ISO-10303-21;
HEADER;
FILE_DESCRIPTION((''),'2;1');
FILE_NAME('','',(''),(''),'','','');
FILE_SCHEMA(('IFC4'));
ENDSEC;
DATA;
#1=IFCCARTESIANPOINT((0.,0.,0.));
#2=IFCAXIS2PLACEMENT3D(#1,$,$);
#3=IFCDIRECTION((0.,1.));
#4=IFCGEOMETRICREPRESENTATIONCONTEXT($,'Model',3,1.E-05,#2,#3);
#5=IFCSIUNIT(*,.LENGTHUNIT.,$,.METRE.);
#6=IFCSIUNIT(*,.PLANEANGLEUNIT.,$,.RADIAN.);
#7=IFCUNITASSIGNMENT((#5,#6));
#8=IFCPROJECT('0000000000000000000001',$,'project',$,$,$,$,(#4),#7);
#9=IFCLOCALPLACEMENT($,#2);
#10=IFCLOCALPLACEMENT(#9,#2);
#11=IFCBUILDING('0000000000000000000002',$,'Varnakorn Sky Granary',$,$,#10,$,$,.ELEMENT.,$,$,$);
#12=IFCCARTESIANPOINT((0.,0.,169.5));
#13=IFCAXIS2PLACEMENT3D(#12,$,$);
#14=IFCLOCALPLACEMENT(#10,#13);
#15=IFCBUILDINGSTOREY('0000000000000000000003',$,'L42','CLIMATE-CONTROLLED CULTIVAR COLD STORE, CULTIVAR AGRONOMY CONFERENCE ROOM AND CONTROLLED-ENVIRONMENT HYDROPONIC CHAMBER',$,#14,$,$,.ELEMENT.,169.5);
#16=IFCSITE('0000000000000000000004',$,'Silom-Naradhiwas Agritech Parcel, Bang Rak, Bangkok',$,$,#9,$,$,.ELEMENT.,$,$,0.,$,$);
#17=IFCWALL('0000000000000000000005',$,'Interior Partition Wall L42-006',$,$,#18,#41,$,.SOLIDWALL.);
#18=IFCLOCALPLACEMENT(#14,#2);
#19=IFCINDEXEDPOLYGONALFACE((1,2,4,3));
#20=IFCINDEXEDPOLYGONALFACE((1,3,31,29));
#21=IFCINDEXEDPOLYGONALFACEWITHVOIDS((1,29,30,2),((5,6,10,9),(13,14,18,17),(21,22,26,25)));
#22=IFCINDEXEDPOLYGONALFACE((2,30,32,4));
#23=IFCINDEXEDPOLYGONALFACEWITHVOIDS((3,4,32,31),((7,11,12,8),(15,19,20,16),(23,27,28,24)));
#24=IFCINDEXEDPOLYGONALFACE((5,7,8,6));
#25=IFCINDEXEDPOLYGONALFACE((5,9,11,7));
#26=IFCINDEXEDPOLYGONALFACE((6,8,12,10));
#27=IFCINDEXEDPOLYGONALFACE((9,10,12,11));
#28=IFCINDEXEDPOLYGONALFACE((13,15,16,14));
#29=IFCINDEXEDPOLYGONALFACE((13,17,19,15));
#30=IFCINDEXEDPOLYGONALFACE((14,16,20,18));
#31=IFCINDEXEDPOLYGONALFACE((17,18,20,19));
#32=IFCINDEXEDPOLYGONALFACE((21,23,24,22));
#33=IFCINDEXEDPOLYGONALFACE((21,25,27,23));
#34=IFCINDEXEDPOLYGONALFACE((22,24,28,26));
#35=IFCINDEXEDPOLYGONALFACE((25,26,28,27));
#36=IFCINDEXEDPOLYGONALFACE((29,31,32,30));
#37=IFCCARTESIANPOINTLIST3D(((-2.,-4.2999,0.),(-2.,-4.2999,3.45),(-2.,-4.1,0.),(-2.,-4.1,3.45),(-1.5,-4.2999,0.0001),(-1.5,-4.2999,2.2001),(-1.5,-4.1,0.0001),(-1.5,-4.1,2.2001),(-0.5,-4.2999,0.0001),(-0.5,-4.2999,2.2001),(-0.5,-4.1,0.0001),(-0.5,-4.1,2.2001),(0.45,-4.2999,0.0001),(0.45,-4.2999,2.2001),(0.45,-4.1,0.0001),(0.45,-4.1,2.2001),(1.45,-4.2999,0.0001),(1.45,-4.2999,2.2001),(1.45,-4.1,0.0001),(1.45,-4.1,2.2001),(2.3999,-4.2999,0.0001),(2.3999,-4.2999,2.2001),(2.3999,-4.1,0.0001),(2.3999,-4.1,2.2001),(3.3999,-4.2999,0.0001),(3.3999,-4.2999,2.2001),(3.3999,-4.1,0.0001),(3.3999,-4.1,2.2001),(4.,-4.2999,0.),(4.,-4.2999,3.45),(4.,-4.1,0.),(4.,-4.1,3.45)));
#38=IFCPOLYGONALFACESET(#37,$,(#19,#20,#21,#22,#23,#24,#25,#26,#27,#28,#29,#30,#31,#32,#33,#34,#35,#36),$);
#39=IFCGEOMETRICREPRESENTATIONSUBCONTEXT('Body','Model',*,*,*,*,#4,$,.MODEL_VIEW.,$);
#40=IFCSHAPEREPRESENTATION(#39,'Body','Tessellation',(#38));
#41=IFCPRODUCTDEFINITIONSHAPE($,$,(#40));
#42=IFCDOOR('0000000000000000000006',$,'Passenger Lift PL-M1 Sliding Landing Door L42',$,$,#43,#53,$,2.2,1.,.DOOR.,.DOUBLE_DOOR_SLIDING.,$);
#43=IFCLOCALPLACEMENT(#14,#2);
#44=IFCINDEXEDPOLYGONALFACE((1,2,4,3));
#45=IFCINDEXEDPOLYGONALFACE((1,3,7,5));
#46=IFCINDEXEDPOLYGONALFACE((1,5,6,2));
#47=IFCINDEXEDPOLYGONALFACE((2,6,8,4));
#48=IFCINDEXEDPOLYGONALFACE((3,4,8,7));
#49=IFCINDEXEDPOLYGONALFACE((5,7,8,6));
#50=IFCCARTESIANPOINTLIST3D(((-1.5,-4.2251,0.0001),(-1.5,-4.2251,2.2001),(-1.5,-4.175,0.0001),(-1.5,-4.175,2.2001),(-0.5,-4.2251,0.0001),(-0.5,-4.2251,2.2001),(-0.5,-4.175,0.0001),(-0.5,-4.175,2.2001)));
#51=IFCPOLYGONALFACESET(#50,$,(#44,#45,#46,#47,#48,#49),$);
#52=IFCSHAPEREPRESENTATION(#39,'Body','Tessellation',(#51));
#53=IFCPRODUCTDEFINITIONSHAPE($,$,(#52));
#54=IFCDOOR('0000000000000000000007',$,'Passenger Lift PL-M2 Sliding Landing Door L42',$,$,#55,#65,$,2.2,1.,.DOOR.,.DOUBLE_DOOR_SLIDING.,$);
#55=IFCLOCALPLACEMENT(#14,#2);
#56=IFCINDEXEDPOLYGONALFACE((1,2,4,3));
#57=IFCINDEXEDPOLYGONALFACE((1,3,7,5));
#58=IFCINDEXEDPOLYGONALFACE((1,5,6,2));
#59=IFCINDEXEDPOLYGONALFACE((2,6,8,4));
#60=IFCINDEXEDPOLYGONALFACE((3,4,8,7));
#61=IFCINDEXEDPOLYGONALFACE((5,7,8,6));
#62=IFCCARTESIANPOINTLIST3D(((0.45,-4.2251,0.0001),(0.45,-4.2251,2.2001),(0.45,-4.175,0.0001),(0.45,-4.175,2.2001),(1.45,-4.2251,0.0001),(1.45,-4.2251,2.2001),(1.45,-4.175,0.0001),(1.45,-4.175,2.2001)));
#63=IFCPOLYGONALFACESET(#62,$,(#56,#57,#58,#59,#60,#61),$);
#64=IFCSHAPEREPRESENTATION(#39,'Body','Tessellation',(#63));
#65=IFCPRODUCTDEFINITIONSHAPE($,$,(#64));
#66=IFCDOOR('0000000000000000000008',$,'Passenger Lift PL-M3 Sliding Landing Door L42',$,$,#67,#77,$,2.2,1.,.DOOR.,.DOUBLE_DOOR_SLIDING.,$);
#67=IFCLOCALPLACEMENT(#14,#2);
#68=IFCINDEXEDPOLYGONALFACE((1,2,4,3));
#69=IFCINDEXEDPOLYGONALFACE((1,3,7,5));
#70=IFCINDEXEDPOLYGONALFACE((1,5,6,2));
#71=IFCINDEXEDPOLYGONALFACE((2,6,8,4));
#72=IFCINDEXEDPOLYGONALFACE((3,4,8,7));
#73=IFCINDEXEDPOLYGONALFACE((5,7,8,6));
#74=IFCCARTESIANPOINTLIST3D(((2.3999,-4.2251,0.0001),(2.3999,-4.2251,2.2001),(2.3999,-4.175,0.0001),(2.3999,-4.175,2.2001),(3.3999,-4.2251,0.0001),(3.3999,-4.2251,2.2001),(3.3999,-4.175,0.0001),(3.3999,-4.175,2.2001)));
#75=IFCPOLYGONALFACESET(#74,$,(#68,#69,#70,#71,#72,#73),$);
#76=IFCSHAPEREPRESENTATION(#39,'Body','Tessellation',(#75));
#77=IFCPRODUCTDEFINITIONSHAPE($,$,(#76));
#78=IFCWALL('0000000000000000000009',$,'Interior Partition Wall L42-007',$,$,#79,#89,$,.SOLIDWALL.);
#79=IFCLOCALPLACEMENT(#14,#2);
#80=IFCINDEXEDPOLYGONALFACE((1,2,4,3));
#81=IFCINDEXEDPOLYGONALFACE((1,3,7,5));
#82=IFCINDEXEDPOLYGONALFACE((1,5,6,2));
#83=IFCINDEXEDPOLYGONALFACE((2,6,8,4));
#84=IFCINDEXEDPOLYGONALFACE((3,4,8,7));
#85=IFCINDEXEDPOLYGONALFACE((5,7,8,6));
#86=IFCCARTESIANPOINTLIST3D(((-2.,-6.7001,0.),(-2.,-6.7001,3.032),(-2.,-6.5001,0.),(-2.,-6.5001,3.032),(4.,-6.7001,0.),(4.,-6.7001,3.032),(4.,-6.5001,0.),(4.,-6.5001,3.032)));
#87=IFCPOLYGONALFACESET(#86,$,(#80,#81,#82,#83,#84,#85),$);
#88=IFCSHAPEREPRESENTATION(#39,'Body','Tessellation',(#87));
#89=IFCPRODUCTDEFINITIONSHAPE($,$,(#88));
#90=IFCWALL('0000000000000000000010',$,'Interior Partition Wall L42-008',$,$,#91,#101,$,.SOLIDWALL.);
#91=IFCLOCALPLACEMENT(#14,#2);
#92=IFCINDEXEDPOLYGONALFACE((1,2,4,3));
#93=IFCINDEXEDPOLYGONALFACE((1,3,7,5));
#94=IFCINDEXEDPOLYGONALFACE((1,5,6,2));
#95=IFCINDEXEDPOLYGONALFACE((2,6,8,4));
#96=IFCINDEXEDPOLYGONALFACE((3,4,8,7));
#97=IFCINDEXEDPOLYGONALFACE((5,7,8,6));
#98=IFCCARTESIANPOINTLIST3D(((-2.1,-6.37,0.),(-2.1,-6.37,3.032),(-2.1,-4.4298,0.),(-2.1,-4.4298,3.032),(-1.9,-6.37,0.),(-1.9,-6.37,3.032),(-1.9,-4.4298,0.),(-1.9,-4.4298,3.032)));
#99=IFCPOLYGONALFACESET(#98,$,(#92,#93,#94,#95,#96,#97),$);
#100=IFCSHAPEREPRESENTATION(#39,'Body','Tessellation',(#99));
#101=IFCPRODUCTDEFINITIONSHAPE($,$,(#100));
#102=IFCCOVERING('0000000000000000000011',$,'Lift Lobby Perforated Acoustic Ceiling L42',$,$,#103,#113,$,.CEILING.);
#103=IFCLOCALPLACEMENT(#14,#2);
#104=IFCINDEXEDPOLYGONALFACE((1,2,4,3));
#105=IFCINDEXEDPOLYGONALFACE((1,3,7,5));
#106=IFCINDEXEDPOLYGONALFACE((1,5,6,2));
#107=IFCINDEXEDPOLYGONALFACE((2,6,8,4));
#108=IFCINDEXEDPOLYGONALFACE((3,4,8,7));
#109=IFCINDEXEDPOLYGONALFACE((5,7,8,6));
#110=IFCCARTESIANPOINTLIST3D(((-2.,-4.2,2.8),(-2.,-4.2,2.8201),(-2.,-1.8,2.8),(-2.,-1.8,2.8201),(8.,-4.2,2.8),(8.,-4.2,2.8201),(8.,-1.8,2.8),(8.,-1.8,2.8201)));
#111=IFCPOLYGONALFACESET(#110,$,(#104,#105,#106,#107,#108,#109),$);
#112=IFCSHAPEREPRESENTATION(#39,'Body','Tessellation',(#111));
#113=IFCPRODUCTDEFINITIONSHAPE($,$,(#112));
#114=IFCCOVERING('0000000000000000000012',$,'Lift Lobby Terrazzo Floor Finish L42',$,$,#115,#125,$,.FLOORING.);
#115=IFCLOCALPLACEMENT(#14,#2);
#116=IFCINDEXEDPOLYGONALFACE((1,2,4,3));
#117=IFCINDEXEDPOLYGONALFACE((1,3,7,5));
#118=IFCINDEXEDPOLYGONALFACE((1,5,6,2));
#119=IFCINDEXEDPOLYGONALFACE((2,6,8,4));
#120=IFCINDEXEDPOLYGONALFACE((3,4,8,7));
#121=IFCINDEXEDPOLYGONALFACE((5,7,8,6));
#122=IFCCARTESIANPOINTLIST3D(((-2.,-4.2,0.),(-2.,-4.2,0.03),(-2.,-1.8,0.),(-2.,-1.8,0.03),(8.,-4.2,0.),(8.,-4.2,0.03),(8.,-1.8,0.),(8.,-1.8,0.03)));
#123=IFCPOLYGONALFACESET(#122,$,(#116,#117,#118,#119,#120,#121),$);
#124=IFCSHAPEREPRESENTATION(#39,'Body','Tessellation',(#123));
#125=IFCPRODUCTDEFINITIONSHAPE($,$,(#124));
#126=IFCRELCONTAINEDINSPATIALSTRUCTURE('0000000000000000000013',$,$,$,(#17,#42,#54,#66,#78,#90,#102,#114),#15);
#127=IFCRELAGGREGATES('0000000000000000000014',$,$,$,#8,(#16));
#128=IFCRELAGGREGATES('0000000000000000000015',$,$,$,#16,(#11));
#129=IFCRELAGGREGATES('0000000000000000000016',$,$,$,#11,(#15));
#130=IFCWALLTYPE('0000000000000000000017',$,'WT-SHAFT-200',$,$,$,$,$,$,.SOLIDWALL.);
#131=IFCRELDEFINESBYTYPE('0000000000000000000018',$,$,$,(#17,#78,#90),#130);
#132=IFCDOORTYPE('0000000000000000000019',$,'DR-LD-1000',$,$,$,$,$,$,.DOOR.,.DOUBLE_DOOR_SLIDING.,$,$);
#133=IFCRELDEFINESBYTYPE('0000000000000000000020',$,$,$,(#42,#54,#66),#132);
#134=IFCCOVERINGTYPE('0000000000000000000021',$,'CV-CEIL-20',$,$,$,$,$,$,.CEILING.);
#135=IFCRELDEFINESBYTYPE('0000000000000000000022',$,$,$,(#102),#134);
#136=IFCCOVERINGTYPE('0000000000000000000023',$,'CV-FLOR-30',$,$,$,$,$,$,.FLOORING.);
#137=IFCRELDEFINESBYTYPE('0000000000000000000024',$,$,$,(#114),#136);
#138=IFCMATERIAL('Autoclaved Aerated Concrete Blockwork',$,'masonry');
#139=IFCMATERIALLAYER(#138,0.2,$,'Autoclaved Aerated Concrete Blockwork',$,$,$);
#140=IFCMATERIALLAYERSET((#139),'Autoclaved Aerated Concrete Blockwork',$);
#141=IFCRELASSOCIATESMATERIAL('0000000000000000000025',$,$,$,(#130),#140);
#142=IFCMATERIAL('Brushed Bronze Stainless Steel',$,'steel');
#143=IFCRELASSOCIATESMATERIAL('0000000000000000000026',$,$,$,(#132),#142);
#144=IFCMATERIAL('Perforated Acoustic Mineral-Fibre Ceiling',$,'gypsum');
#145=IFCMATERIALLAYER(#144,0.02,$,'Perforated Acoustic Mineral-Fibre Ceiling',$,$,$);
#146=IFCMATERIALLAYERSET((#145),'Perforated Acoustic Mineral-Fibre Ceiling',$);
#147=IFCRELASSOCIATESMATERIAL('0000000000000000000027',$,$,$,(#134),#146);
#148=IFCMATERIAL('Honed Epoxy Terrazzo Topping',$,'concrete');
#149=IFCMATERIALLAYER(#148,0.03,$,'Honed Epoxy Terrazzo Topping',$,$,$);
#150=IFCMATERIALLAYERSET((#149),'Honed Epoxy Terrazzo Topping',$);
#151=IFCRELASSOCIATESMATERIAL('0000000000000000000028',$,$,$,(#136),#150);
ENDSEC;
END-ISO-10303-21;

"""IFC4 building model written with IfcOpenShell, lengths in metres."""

from ifc_helpers import new_model, si_unit, direction, frame, frame_2d, origin, place, context, subcontext, project, spatial, polyline, rectangle, outline, extrude, material, layer, layer_set, type_object, element, fill, save


model = new_model("IFC4")

# Units and contexts
model_context = context("Model", 3, precision=1e-05, world=origin(), true_north=direction((0.0, 1.0)))
body_context = subcontext(model_context, "Body", "Model", "MODEL_VIEW")
ifc_project = project(units=[si_unit("LENGTHUNIT", "METRE"), si_unit("PLANEANGLEUNIT", "RADIAN")], contexts=[model_context])

# Site, building, storey
site_placement = place(None, origin())
site = spatial("IfcSite", under=ifc_project, at=site_placement, Name="Silom-Naradhiwas Agritech Parcel, Bang Rak, Bangkok", CompositionType="ELEMENT", RefElevation=0.0)
building_placement = place(site_placement, origin())
building = spatial("IfcBuilding", under=site, at=building_placement, Name="Varnakorn Sky Granary", CompositionType="ELEMENT")
storey_placement = place(building_placement, frame((0.0, 0.0, 169.5)))
storey = spatial("IfcBuildingStorey", under=building, at=storey_placement, Name="L42", Description="CLIMATE-CONTROLLED CULTIVAR COLD STORE, CULTIVAR AGRONOMY CONFERENCE ROOM AND CONTROLLED-ENVIRONMENT HYDROPONIC CHAMBER", CompositionType="ELEMENT", Elevation=169.5)

# Shared definitions
ifc_material_1 = material(Name="Autoclaved Aerated Concrete Blockwork", Category="masonry")

# Wall, openings, doors
ifc_layer_1 = layer(ifc_material_1, 0.2, Name="Autoclaved Aerated Concrete Blockwork")
ifc_layer_set_1 = layer_set([ifc_layer_1], Name="Autoclaved Aerated Concrete Blockwork")
wall_type_1 = type_object("IfcWallType", Name="WT-SHAFT-200", PredefinedType="SOLIDWALL", material=ifc_layer_set_1)
wall_1_placement = place(storey_placement, frame((-2.0, -4.2, 0.0), z_axis=(0.0, 0.0, 1.0), x_axis=(1.0, 0.0, 0.0)))
wall_1 = element("IfcWall", 1, at=wall_1_placement, inside=storey, type_object=wall_type_1, Name="Interior Partition Wall L42-006", PredefinedType="SOLIDWALL", context=body_context, shape_type="SweptSolid", body=[
    extrude(rectangle(XDim=6.0, YDim=0.2, at=frame_2d((3.0, 0.0))), origin(), (0.0, 0.0, 1.0), 3.45),
])
opening_1_placement = place(wall_1_placement, frame((0.5, 0.0, 0.0)))
opening_1 = element("IfcOpeningElement", 2, at=opening_1_placement, cuts=wall_1, PredefinedType="OPENING", context=body_context, shape_type="SweptSolid", body=[
    extrude(rectangle(XDim=1.0, YDim=2.2, at=frame_2d((0.5, 1.1001))), frame((0.0, 0.1099, 0.0), z_axis=(0.0, -1.0, 0.0), x_axis=(1.0, 0.0, 0.0)), (0.0, 0.0, 1.0), 0.22),
])
opening_2_placement = place(wall_1_placement, frame((2.45, 0.0, 0.0)))
opening_2 = element("IfcOpeningElement", 3, at=opening_2_placement, cuts=wall_1, PredefinedType="OPENING", context=body_context, shape_type="SweptSolid", body=[
    extrude(rectangle(XDim=1.0, YDim=2.2, at=frame_2d((0.5, 1.1001))), frame((0.0, 0.1099, 0.0), z_axis=(0.0, -1.0, 0.0), x_axis=(1.0, 0.0, 0.0)), (0.0, 0.0, 1.0), 0.22),
])
opening_3_placement = place(wall_1_placement, frame((4.3999, 0.0, 0.0)))
opening_3 = element("IfcOpeningElement", 4, at=opening_3_placement, cuts=wall_1, PredefinedType="OPENING", context=body_context, shape_type="SweptSolid", body=[
    extrude(rectangle(XDim=1.0, YDim=2.2, at=frame_2d((0.5, 1.1001))), frame((0.0, 0.1099, 0.0), z_axis=(0.0, -1.0, 0.0), x_axis=(1.0, 0.0, 0.0)), (0.0, 0.0, 1.0), 0.22),
])
ifc_material_2 = material(Name="Brushed Bronze Stainless Steel", Category="steel")
door_type_1 = type_object("IfcDoorType", Name="DR-LD-1000", OperationType="DOUBLE_DOOR_SLIDING", PredefinedType="DOOR", material=ifc_material_2)
door_1_placement = place(opening_1_placement, origin())
door_1 = element("IfcDoor", 5, at=door_1_placement, inside=storey, type_object=door_type_1, Name="Passenger Lift PL-M1 Sliding Landing Door L42", OperationType="DOUBLE_DOOR_SLIDING", OverallHeight=2.2, OverallWidth=1.0, PredefinedType="DOOR", context=body_context, shape_type="SweptSolid", body=[
    extrude(rectangle(XDim=1.0, YDim=2.2, at=frame_2d((0.5, 1.1001))), frame((0.0, 0.0249, 0.0), z_axis=(0.0, -1.0, 0.0), x_axis=(1.0, 0.0, 0.0)), (0.0, 0.0, 1.0), 0.05),
])
fill(opening_1, door_1)
door_2_placement = place(opening_2_placement, origin())
door_2 = element("IfcDoor", 6, at=door_2_placement, inside=storey, type_object=door_type_1, Name="Passenger Lift PL-M2 Sliding Landing Door L42", OperationType="DOUBLE_DOOR_SLIDING", OverallHeight=2.2, OverallWidth=1.0, PredefinedType="DOOR", context=body_context, shape_type="SweptSolid", body=[
    extrude(rectangle(XDim=1.0, YDim=2.2, at=frame_2d((0.5, 1.1001))), frame((0.0, 0.0249, 0.0), z_axis=(0.0, -1.0, 0.0), x_axis=(1.0, 0.0, 0.0)), (0.0, 0.0, 1.0), 0.05),
])
fill(opening_2, door_2)
door_3_placement = place(opening_3_placement, origin())
door_3 = element("IfcDoor", 7, at=door_3_placement, inside=storey, type_object=door_type_1, Name="Passenger Lift PL-M3 Sliding Landing Door L42", OperationType="DOUBLE_DOOR_SLIDING", OverallHeight=2.2, OverallWidth=1.0, PredefinedType="DOOR", context=body_context, shape_type="SweptSolid", body=[
    extrude(rectangle(XDim=1.0, YDim=2.2, at=frame_2d((0.5, 1.1001))), frame((0.0, 0.0249, 0.0), z_axis=(0.0, -1.0, 0.0), x_axis=(1.0, 0.0, 0.0)), (0.0, 0.0, 1.0), 0.05),
])
fill(opening_3, door_3)

# Walls
wall_2_placement = place(storey_placement, frame((-2.0, -6.6001, 0.0), z_axis=(0.0, 0.0, 1.0), x_axis=(1.0, 0.0, 0.0)))
element("IfcWall", 8, at=wall_2_placement, inside=storey, type_object=wall_type_1, Name="Interior Partition Wall L42-007", PredefinedType="SOLIDWALL", context=body_context, shape_type="SweptSolid", body=[
    extrude(rectangle(XDim=6.0, YDim=0.2, at=frame_2d((3.0, 0.0))), origin(), (0.0, 0.0, 1.0), 3.032),
])
wall_3_placement = place(storey_placement, frame((-2.0, -6.3701, 0.0), z_axis=(0.0, 0.0, 1.0), x_axis=(0.0, 1.0, 0.0)))
element("IfcWall", 9, at=wall_3_placement, inside=storey, type_object=wall_type_1, Name="Interior Partition Wall L42-008", PredefinedType="SOLIDWALL", context=body_context, shape_type="SweptSolid", body=[
    extrude(rectangle(XDim=1.9402, YDim=0.2, at=frame_2d((0.9702, 0.0))), origin(), (0.0, 0.0, 1.0), 3.032),
])

# Coverings
ifc_material_3 = material(Name="Perforated Acoustic Mineral-Fibre Ceiling", Category="gypsum")
ifc_layer_2 = layer(ifc_material_3, 0.02, Name="Perforated Acoustic Mineral-Fibre Ceiling")
ifc_layer_set_2 = layer_set([ifc_layer_2], Name="Perforated Acoustic Mineral-Fibre Ceiling")
covering_type_1 = type_object("IfcCoveringType", Name="CV-CEIL-20", PredefinedType="CEILING", material=ifc_layer_set_2)
covering_1_placement = place(storey_placement, frame((0.0, 0.0, 2.8)))
element("IfcCovering", 10, at=covering_1_placement, inside=storey, type_object=covering_type_1, Name="Lift Lobby Perforated Acoustic Ceiling L42", PredefinedType="CEILING", context=body_context, shape_type="SweptSolid", body=[
    extrude(outline(polyline([(-2.0, -4.2), (8.0, -4.2), (8.0, -1.8), (-2.0, -1.8), (-2.0, -4.2)])), origin(), (0.0, 0.0, 1.0), 0.02),
])
ifc_material_4 = material(Name="Honed Epoxy Terrazzo Topping", Category="concrete")
ifc_layer_3 = layer(ifc_material_4, 0.03, Name="Honed Epoxy Terrazzo Topping")
ifc_layer_set_3 = layer_set([ifc_layer_3], Name="Honed Epoxy Terrazzo Topping")
covering_type_2 = type_object("IfcCoveringType", Name="CV-FLOR-30", PredefinedType="FLOORING", material=ifc_layer_set_3)
covering_2_placement = place(storey_placement, origin())
element("IfcCovering", 11, at=covering_2_placement, inside=storey, type_object=covering_type_2, Name="Lift Lobby Terrazzo Floor Finish L42", PredefinedType="FLOORING", context=body_context, shape_type="SweptSolid", body=[
    extrude(outline(polyline([(-2.0, -4.2), (8.0, -4.2), (8.0, -1.8), (-2.0, -1.8), (-2.0, -4.2)])), origin(), (0.0, 0.0, 1.0), 0.03),
])

save(model, "model.ifc")
